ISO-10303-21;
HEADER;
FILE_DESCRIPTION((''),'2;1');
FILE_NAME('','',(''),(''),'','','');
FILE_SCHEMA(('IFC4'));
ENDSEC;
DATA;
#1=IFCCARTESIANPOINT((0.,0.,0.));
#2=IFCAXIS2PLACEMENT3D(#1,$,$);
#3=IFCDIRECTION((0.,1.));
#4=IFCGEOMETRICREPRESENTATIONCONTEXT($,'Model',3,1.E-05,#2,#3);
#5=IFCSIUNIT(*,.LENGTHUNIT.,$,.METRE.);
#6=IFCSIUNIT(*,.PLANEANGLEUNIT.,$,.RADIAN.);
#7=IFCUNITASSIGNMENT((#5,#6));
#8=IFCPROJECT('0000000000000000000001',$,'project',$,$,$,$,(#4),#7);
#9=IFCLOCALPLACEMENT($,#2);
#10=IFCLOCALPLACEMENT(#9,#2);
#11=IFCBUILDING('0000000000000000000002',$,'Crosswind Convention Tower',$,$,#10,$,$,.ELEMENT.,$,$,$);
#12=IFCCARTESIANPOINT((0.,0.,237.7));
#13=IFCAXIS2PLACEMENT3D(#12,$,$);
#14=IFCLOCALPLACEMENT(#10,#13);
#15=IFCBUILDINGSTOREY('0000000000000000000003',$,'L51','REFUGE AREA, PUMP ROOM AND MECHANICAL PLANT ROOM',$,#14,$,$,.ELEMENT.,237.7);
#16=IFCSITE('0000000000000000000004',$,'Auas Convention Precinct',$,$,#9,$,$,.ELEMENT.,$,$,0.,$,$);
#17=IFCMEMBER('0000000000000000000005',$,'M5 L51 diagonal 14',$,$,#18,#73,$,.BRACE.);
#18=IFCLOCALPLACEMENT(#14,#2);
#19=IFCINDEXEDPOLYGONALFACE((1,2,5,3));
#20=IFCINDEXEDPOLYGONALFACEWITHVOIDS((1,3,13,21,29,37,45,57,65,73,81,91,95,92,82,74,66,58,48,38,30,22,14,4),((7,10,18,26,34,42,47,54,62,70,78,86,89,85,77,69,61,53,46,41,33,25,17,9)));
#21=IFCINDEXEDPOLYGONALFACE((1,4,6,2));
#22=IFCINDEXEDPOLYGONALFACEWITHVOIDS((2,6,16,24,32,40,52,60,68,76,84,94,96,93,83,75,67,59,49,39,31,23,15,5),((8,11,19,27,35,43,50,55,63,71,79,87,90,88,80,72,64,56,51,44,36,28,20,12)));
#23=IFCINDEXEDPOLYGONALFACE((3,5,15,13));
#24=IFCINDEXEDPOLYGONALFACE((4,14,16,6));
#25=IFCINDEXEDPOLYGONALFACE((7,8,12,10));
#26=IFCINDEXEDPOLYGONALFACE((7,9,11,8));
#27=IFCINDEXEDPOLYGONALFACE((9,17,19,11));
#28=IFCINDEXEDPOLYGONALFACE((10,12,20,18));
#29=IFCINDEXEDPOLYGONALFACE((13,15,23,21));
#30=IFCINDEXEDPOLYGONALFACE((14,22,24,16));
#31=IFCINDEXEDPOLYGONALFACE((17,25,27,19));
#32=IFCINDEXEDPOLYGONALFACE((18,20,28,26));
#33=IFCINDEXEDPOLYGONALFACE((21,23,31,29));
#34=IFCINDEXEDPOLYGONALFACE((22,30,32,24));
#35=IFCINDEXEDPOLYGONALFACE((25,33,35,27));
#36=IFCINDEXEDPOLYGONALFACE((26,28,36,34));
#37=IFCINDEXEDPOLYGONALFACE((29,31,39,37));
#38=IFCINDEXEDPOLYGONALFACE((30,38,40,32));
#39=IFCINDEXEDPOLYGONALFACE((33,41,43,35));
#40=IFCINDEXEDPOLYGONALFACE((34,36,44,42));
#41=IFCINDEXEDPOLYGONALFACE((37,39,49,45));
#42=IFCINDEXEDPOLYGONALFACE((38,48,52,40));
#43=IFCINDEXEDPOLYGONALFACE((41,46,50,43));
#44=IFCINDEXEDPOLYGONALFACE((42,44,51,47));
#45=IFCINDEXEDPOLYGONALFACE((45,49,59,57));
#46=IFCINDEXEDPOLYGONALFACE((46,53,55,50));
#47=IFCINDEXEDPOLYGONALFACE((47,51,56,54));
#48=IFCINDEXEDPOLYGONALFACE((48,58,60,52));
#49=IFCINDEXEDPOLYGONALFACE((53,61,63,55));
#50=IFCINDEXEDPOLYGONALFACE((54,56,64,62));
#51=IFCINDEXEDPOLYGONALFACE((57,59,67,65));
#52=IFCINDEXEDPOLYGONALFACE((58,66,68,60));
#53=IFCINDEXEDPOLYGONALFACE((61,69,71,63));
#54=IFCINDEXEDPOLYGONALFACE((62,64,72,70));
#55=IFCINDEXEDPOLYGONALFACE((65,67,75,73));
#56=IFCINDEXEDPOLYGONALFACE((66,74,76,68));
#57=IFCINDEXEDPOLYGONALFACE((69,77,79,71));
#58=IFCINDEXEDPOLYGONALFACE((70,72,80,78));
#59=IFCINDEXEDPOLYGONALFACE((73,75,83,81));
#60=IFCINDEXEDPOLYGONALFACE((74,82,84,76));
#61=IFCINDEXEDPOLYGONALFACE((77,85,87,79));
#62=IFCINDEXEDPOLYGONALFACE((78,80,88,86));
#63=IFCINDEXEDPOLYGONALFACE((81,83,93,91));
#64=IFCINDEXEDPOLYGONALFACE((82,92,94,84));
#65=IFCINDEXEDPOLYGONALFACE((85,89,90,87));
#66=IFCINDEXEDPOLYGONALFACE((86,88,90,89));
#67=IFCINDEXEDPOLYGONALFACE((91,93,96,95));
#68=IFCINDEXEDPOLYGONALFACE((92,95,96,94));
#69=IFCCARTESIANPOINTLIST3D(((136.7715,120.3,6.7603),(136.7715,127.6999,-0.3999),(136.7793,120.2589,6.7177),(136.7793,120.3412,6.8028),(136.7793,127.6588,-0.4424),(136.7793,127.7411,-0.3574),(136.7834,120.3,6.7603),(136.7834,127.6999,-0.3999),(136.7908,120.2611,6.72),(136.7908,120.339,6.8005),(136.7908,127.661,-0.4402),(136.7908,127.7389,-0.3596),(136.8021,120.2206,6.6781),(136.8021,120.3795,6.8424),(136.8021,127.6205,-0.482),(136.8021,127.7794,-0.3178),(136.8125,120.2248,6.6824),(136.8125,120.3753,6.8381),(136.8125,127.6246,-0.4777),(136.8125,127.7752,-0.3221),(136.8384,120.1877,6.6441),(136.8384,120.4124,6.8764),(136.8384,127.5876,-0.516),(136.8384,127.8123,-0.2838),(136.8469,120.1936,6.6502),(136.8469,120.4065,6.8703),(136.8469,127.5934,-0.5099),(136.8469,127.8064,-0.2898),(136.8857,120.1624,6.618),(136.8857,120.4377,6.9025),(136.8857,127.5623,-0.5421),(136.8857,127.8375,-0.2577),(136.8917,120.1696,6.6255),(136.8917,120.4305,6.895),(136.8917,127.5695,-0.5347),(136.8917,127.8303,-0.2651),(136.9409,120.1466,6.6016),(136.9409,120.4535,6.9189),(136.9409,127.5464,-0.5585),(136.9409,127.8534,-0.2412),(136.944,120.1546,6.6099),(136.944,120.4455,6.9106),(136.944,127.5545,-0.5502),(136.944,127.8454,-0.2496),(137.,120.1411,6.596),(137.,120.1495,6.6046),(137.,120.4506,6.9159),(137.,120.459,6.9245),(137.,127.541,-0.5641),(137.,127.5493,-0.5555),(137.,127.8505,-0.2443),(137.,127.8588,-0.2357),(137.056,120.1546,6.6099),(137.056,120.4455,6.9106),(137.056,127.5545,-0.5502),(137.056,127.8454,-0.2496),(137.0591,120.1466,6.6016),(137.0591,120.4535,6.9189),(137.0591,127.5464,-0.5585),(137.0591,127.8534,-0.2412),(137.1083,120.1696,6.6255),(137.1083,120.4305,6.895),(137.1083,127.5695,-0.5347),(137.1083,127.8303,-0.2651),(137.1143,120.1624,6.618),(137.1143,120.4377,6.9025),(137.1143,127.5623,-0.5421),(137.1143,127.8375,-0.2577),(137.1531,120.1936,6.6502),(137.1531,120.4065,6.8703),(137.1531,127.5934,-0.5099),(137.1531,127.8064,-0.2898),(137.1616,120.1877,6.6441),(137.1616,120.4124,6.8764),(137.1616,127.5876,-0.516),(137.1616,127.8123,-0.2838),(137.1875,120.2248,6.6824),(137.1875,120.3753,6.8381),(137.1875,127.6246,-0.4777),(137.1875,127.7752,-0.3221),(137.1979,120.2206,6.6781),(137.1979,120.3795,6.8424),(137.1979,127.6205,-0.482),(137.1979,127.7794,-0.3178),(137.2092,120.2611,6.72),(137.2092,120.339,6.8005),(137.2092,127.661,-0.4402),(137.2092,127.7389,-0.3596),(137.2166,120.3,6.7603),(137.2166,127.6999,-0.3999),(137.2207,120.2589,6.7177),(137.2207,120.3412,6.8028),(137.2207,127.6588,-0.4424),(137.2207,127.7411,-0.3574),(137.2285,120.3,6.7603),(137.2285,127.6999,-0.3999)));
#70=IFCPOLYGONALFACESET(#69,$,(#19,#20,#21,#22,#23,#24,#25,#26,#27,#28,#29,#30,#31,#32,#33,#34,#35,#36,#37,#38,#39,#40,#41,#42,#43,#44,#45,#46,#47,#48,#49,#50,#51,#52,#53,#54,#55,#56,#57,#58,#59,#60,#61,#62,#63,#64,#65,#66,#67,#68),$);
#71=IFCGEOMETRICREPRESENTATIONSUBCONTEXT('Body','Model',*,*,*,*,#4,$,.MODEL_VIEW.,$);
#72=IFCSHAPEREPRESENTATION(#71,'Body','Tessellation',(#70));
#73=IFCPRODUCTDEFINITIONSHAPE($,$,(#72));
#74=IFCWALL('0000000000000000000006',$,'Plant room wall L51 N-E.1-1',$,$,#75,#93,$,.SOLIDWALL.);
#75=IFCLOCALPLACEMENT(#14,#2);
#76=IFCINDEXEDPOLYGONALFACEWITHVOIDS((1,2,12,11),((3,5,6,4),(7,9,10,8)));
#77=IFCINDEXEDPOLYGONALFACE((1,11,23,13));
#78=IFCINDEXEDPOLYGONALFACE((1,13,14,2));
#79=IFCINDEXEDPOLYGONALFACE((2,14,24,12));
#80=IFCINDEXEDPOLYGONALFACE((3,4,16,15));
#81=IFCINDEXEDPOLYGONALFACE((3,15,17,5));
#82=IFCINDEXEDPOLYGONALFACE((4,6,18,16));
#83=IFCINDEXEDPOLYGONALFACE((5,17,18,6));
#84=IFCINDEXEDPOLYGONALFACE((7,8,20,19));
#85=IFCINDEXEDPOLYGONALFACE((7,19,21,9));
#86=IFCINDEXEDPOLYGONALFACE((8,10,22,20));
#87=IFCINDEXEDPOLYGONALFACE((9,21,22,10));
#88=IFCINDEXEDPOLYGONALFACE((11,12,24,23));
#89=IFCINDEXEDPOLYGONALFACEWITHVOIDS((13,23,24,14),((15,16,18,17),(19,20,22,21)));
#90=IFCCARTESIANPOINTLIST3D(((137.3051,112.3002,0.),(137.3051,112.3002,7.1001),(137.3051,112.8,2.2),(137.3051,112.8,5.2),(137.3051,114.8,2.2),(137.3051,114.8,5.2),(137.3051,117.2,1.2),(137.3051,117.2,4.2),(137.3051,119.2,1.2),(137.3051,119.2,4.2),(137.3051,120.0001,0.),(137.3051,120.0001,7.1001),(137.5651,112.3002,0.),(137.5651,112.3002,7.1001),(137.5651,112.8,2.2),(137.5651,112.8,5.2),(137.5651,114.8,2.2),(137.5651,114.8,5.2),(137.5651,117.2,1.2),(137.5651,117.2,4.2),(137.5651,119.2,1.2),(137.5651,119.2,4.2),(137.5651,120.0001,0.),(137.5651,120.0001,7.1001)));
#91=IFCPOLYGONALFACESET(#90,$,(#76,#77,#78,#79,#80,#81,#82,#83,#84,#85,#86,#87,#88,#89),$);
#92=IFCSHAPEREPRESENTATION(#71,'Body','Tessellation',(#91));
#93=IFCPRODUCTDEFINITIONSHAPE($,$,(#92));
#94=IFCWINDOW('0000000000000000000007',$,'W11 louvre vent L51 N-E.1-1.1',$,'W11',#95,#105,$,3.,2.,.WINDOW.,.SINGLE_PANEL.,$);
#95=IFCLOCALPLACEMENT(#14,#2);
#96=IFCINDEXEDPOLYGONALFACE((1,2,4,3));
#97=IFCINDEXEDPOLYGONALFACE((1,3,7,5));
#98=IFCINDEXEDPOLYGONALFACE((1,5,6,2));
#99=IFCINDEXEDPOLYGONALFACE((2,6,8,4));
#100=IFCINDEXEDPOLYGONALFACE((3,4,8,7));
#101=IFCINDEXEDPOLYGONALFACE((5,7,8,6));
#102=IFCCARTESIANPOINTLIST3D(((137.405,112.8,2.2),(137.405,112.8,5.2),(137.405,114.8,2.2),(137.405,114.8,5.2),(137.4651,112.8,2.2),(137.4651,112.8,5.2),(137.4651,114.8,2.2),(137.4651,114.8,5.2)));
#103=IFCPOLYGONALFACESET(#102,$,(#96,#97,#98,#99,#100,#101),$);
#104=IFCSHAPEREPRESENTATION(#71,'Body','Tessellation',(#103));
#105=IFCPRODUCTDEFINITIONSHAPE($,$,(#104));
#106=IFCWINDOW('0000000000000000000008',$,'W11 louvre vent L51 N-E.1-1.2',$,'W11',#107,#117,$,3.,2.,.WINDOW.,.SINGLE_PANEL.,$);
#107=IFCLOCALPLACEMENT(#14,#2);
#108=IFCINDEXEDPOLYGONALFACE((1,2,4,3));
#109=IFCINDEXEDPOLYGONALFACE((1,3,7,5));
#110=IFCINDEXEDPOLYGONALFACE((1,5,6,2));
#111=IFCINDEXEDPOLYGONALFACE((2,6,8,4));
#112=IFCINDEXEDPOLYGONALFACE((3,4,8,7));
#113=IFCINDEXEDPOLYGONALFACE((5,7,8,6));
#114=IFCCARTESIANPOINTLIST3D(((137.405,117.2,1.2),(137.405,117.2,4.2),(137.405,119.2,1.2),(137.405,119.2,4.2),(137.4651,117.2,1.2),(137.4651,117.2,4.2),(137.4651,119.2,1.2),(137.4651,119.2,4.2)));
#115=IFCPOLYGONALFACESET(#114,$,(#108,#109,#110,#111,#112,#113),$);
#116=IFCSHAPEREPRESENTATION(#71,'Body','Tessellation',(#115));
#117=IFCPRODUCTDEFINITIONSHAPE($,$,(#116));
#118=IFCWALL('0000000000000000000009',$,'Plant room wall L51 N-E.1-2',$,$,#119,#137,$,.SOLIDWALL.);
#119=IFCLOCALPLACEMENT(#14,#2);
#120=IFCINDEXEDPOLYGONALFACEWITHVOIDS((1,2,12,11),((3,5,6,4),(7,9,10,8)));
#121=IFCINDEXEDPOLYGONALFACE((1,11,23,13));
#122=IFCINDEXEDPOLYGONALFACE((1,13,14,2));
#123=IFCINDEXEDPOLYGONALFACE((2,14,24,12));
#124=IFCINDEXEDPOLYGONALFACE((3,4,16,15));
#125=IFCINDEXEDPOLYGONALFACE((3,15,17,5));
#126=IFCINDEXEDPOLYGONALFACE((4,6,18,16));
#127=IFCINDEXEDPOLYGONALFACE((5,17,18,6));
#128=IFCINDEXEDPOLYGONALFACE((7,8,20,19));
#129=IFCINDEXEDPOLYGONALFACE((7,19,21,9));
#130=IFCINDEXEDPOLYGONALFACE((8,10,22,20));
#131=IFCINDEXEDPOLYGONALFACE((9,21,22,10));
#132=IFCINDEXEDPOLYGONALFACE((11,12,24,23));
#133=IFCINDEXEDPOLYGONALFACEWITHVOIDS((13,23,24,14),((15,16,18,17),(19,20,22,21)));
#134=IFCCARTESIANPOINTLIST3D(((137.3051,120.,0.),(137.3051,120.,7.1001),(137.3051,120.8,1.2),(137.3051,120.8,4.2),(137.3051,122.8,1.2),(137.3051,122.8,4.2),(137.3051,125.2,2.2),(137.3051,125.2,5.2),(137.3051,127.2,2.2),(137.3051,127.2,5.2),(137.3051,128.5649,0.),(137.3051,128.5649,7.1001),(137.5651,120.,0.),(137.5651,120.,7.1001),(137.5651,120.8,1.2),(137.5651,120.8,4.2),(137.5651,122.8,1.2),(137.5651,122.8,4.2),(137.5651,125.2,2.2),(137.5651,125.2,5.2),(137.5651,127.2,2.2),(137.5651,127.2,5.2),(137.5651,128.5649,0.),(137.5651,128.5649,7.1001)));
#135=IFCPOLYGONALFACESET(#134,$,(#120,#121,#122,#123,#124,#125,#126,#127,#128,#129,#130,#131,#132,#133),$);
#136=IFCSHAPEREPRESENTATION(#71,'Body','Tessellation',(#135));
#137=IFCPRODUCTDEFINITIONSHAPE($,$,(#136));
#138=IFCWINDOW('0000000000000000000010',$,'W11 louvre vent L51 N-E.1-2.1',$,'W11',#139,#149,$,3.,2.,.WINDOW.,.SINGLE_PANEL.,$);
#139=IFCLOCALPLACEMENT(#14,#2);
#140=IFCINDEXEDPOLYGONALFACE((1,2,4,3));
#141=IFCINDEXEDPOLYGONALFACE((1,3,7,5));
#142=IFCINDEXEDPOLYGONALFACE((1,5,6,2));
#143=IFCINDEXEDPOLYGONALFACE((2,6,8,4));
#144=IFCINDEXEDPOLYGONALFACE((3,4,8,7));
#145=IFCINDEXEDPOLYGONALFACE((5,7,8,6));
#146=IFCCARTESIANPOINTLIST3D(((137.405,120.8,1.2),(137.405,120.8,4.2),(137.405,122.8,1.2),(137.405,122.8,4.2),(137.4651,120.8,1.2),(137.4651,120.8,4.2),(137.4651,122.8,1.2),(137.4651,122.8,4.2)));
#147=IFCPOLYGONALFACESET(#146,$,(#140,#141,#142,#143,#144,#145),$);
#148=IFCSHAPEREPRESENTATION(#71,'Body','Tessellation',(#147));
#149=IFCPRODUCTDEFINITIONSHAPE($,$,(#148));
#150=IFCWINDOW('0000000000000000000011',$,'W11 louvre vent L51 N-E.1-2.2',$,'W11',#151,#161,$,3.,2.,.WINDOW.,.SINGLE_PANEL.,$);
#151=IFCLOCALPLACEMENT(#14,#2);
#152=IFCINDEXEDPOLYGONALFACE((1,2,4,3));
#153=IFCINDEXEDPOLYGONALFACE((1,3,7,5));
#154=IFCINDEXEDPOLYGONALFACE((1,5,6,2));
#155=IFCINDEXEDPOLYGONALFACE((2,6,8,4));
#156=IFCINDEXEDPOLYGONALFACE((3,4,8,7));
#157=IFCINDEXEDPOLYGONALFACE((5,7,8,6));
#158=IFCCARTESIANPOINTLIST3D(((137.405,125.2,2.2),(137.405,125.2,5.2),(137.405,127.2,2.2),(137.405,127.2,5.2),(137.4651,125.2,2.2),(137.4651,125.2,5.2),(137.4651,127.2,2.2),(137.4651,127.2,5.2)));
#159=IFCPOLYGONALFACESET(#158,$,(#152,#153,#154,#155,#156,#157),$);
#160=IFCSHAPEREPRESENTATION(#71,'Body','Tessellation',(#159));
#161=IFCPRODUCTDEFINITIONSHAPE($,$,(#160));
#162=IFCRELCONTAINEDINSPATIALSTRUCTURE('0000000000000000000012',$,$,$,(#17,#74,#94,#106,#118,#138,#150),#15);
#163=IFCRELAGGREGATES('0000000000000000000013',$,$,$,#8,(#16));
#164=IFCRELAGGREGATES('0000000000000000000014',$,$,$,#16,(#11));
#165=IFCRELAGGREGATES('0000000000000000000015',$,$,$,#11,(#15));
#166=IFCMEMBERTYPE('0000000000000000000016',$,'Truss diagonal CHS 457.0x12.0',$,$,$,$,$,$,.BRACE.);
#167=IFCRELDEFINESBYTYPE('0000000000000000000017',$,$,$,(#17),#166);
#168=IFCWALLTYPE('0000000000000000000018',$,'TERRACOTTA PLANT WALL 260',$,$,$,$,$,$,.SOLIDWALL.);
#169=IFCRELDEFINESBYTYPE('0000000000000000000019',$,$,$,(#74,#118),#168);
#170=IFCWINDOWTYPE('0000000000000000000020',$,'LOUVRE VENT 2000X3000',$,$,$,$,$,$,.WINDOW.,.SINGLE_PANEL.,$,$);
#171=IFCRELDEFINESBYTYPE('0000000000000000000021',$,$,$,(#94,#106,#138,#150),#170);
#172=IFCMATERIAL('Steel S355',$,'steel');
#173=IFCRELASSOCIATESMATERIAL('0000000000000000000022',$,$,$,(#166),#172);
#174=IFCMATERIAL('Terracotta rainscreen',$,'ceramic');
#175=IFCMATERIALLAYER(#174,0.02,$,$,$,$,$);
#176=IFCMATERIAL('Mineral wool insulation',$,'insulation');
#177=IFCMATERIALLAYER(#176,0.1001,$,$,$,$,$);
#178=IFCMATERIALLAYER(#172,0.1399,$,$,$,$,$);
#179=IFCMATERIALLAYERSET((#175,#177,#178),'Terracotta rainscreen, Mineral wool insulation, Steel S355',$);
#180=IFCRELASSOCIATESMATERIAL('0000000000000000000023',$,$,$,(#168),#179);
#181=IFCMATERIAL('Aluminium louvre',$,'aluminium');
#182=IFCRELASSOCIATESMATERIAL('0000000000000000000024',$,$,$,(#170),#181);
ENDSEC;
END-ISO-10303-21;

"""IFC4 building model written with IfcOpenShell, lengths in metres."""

from ifc_helpers import new_model, si_unit, direction, frame, frame_2d, origin, origin_2d, place, context, subcontext, project, spatial, rectangle, hollow_circle, extrude, material, layer, layer_set, material_profile, profile_set, type_object, element, fill, save


model = new_model("IFC4")

# Units and contexts
model_context = context("Model", 3, precision=1e-05, world=origin(), true_north=direction((0.0, 1.0)))
body_context = subcontext(model_context, "Body", "Model", "MODEL_VIEW")
ifc_project = project(units=[si_unit("LENGTHUNIT", "METRE"), si_unit("PLANEANGLEUNIT", "RADIAN")], contexts=[model_context])

# Site, building, storey
site_placement = place(None, origin())
site = spatial("IfcSite", under=ifc_project, at=site_placement, Name="Auas Convention Precinct", CompositionType="ELEMENT", RefElevation=0.0)
building_placement = place(site_placement, origin())
building = spatial("IfcBuilding", under=site, at=building_placement, Name="Crosswind Convention Tower", CompositionType="ELEMENT")
storey_placement = place(building_placement, frame((0.0, 0.0, 237.7)))
storey = spatial("IfcBuildingStorey", under=building, at=storey_placement, Name="L51", Description="REFUGE AREA, PUMP ROOM AND MECHANICAL PLANT ROOM", CompositionType="ELEMENT", Elevation=237.7)

# Shared definitions
ifc_material_1 = material(Name="Steel S355", Category="steel")

# Member
ifc_material_profile_1 = material_profile(ifc_material_1, hollow_circle(Radius=0.2285, WallThickness=0.012, at=origin_2d()), Name="CHS 457.0x12.0")
ifc_profile_set_1 = profile_set([ifc_material_profile_1], Name="Steel S355")
member_type_1 = type_object("IfcMemberType", Name="Truss diagonal CHS 457.0x12.0", PredefinedType="BRACE", material=ifc_profile_set_1)
for number, where, z_axis, x_axis, name in (
    (1, (137.0, 120.3, 6.7603), (0.0, 0.718653, -0.695369), (-1.0, 0.0, 0.0), "M5 L51 diagonal 14"),
):
    element("IfcMember", number, at=place(storey_placement, frame(where, z_axis=z_axis, x_axis=x_axis)), inside=storey, type_object=member_type_1, Name=name, PredefinedType="BRACE", context=body_context, shape_type="SweptSolid", body=[
        extrude(hollow_circle(Radius=0.2285, WallThickness=0.012, at=origin_2d()), origin(), (0.0, 0.0, 1.0), 10.2969),
    ])

# Walls, openings, windows
ifc_material_2 = material(Name="Terracotta rainscreen", Category="ceramic")
ifc_layer_1 = layer(ifc_material_2, 0.02)
ifc_material_3 = material(Name="Mineral wool insulation", Category="insulation")
ifc_layer_2 = layer(ifc_material_3, 0.1001)
ifc_layer_3 = layer(ifc_material_1, 0.1399)
ifc_layer_set_1 = layer_set([ifc_layer_1, ifc_layer_2, ifc_layer_3], Name="Terracotta rainscreen, Mineral wool insulation, Steel S355")
wall_type = type_object("IfcWallType", Name="TERRACOTTA PLANT WALL 260", PredefinedType="SOLIDWALL", material=ifc_layer_set_1)
wall_1_placement = place(storey_placement, frame((137.4351, 112.3, 0.0), z_axis=(0.0, 0.0, 1.0), x_axis=(0.0, 1.0, 0.0)))
wall_1 = element("IfcWall", 2, at=wall_1_placement, inside=storey, type_object=wall_type, Name="Plant room wall L51 N-E.1-1", PredefinedType="SOLIDWALL", context=body_context, shape_type="SweptSolid", body=[
    extrude(rectangle(XDim=7.7, YDim=0.26, at=frame_2d((3.8501, 0.0))), origin(), (0.0, 0.0, 1.0), 7.1001),
])
opening_1_placement = place(wall_1_placement, frame((0.5, 0.0, 2.2)))
opening_1 = element("IfcOpeningElement", 3, at=opening_1_placement, cuts=wall_1, PredefinedType="OPENING", context=body_context, shape_type="SweptSolid", body=[
    extrude(rectangle(XDim=2.0, YDim=3.0, at=frame_2d((1.0, 1.5))), frame((0.0, 0.1399, 0.0), z_axis=(0.0, -1.0, 0.0), x_axis=(1.0, 0.0, 0.0)), (0.0, 0.0, 1.0), 0.28),
])
opening_2_placement = place(wall_1_placement, frame((4.8999, 0.0, 1.2)))
opening_2 = element("IfcOpeningElement", 4, at=opening_2_placement, cuts=wall_1, PredefinedType="OPENING", context=body_context, shape_type="SweptSolid", body=[
    extrude(rectangle(XDim=2.0, YDim=3.0, at=frame_2d((1.0, 1.5))), frame((0.0, 0.1399, 0.0), z_axis=(0.0, -1.0, 0.0), x_axis=(1.0, 0.0, 0.0)), (0.0, 0.0, 1.0), 0.28),
])
ifc_material_4 = material(Name="Aluminium louvre", Category="aluminium")
window_type = type_object("IfcWindowType", Name="LOUVRE VENT 2000X3000", PartitioningType="SINGLE_PANEL", PredefinedType="WINDOW", material=ifc_material_4)
window_1_placement = place(opening_1_placement, origin())
window_1 = element("IfcWindow", 5, at=window_1_placement, inside=storey, type_object=window_type, Name="W11 louvre vent L51 N-E.1-1.1", ObjectType="W11", OverallHeight=3.0, OverallWidth=2.0, PartitioningType="SINGLE_PANEL", PredefinedType="WINDOW", context=body_context, shape_type="SweptSolid", body=[
    extrude(rectangle(XDim=2.0, YDim=3.0, at=frame_2d((1.0, 1.5))), frame((0.0, 0.03, 0.0), z_axis=(0.0, -1.0, 0.0), x_axis=(1.0, 0.0, 0.0)), (0.0, 0.0, 1.0), 0.0601),
])
fill(opening_1, window_1)
window_2_placement = place(opening_2_placement, origin())
window_2 = element("IfcWindow", 6, at=window_2_placement, inside=storey, type_object=window_type, Name="W11 louvre vent L51 N-E.1-1.2", ObjectType="W11", OverallHeight=3.0, OverallWidth=2.0, PartitioningType="SINGLE_PANEL", PredefinedType="WINDOW", context=body_context, shape_type="SweptSolid", body=[
    extrude(rectangle(XDim=2.0, YDim=3.0, at=frame_2d((1.0, 1.5))), frame((0.0, 0.03, 0.0), z_axis=(0.0, -1.0, 0.0), x_axis=(1.0, 0.0, 0.0)), (0.0, 0.0, 1.0), 0.0601),
])
fill(opening_2, window_2)
wall_2_placement = place(storey_placement, frame((137.4351, 120.0, 0.0), z_axis=(0.0, 0.0, 1.0), x_axis=(0.0, 1.0, 0.0)))
wall_2 = element("IfcWall", 7, at=wall_2_placement, inside=storey, type_object=wall_type, Name="Plant room wall L51 N-E.1-2", PredefinedType="SOLIDWALL", context=body_context, shape_type="SweptSolid", body=[
    extrude(rectangle(XDim=8.5649, YDim=0.26, at=frame_2d((4.2825, 0.0))), origin(), (0.0, 0.0, 1.0), 7.1001),
])
opening_3_placement = place(wall_2_placement, frame((0.8, 0.0, 1.2)))
opening_3 = element("IfcOpeningElement", 8, at=opening_3_placement, cuts=wall_2, PredefinedType="OPENING", context=body_context, shape_type="SweptSolid", body=[
    extrude(rectangle(XDim=2.0, YDim=3.0, at=frame_2d((1.0, 1.5))), frame((0.0, 0.1399, 0.0), z_axis=(0.0, -1.0, 0.0), x_axis=(1.0, 0.0, 0.0)), (0.0, 0.0, 1.0), 0.28),
])
opening_4_placement = place(wall_2_placement, frame((5.2, 0.0, 2.2)))
opening_4 = element("IfcOpeningElement", 9, at=opening_4_placement, cuts=wall_2, PredefinedType="OPENING", context=body_context, shape_type="SweptSolid", body=[
    extrude(rectangle(XDim=2.0, YDim=3.0, at=frame_2d((1.0, 1.5))), frame((0.0, 0.1399, 0.0), z_axis=(0.0, -1.0, 0.0), x_axis=(1.0, 0.0, 0.0)), (0.0, 0.0, 1.0), 0.28),
])
window_3_placement = place(opening_3_placement, origin())
window_3 = element("IfcWindow", 10, at=window_3_placement, inside=storey, type_object=window_type, Name="W11 louvre vent L51 N-E.1-2.1", ObjectType="W11", OverallHeight=3.0, OverallWidth=2.0, PartitioningType="SINGLE_PANEL", PredefinedType="WINDOW", context=body_context, shape_type="SweptSolid", body=[
    extrude(rectangle(XDim=2.0, YDim=3.0, at=frame_2d((1.0, 1.5))), frame((0.0, 0.03, 0.0), z_axis=(0.0, -1.0, 0.0), x_axis=(1.0, 0.0, 0.0)), (0.0, 0.0, 1.0), 0.0601),
])
fill(opening_3, window_3)
window_4_placement = place(opening_4_placement, origin())
window_4 = element("IfcWindow", 11, at=window_4_placement, inside=storey, type_object=window_type, Name="W11 louvre vent L51 N-E.1-2.2", ObjectType="W11", OverallHeight=3.0, OverallWidth=2.0, PartitioningType="SINGLE_PANEL", PredefinedType="WINDOW", context=body_context, shape_type="SweptSolid", body=[
    extrude(rectangle(XDim=2.0, YDim=3.0, at=frame_2d((1.0, 1.5))), frame((0.0, 0.03, 0.0), z_axis=(0.0, -1.0, 0.0), x_axis=(1.0, 0.0, 0.0)), (0.0, 0.0, 1.0), 0.0601),
])
fill(opening_4, window_4)

save(model, "model.ifc")
